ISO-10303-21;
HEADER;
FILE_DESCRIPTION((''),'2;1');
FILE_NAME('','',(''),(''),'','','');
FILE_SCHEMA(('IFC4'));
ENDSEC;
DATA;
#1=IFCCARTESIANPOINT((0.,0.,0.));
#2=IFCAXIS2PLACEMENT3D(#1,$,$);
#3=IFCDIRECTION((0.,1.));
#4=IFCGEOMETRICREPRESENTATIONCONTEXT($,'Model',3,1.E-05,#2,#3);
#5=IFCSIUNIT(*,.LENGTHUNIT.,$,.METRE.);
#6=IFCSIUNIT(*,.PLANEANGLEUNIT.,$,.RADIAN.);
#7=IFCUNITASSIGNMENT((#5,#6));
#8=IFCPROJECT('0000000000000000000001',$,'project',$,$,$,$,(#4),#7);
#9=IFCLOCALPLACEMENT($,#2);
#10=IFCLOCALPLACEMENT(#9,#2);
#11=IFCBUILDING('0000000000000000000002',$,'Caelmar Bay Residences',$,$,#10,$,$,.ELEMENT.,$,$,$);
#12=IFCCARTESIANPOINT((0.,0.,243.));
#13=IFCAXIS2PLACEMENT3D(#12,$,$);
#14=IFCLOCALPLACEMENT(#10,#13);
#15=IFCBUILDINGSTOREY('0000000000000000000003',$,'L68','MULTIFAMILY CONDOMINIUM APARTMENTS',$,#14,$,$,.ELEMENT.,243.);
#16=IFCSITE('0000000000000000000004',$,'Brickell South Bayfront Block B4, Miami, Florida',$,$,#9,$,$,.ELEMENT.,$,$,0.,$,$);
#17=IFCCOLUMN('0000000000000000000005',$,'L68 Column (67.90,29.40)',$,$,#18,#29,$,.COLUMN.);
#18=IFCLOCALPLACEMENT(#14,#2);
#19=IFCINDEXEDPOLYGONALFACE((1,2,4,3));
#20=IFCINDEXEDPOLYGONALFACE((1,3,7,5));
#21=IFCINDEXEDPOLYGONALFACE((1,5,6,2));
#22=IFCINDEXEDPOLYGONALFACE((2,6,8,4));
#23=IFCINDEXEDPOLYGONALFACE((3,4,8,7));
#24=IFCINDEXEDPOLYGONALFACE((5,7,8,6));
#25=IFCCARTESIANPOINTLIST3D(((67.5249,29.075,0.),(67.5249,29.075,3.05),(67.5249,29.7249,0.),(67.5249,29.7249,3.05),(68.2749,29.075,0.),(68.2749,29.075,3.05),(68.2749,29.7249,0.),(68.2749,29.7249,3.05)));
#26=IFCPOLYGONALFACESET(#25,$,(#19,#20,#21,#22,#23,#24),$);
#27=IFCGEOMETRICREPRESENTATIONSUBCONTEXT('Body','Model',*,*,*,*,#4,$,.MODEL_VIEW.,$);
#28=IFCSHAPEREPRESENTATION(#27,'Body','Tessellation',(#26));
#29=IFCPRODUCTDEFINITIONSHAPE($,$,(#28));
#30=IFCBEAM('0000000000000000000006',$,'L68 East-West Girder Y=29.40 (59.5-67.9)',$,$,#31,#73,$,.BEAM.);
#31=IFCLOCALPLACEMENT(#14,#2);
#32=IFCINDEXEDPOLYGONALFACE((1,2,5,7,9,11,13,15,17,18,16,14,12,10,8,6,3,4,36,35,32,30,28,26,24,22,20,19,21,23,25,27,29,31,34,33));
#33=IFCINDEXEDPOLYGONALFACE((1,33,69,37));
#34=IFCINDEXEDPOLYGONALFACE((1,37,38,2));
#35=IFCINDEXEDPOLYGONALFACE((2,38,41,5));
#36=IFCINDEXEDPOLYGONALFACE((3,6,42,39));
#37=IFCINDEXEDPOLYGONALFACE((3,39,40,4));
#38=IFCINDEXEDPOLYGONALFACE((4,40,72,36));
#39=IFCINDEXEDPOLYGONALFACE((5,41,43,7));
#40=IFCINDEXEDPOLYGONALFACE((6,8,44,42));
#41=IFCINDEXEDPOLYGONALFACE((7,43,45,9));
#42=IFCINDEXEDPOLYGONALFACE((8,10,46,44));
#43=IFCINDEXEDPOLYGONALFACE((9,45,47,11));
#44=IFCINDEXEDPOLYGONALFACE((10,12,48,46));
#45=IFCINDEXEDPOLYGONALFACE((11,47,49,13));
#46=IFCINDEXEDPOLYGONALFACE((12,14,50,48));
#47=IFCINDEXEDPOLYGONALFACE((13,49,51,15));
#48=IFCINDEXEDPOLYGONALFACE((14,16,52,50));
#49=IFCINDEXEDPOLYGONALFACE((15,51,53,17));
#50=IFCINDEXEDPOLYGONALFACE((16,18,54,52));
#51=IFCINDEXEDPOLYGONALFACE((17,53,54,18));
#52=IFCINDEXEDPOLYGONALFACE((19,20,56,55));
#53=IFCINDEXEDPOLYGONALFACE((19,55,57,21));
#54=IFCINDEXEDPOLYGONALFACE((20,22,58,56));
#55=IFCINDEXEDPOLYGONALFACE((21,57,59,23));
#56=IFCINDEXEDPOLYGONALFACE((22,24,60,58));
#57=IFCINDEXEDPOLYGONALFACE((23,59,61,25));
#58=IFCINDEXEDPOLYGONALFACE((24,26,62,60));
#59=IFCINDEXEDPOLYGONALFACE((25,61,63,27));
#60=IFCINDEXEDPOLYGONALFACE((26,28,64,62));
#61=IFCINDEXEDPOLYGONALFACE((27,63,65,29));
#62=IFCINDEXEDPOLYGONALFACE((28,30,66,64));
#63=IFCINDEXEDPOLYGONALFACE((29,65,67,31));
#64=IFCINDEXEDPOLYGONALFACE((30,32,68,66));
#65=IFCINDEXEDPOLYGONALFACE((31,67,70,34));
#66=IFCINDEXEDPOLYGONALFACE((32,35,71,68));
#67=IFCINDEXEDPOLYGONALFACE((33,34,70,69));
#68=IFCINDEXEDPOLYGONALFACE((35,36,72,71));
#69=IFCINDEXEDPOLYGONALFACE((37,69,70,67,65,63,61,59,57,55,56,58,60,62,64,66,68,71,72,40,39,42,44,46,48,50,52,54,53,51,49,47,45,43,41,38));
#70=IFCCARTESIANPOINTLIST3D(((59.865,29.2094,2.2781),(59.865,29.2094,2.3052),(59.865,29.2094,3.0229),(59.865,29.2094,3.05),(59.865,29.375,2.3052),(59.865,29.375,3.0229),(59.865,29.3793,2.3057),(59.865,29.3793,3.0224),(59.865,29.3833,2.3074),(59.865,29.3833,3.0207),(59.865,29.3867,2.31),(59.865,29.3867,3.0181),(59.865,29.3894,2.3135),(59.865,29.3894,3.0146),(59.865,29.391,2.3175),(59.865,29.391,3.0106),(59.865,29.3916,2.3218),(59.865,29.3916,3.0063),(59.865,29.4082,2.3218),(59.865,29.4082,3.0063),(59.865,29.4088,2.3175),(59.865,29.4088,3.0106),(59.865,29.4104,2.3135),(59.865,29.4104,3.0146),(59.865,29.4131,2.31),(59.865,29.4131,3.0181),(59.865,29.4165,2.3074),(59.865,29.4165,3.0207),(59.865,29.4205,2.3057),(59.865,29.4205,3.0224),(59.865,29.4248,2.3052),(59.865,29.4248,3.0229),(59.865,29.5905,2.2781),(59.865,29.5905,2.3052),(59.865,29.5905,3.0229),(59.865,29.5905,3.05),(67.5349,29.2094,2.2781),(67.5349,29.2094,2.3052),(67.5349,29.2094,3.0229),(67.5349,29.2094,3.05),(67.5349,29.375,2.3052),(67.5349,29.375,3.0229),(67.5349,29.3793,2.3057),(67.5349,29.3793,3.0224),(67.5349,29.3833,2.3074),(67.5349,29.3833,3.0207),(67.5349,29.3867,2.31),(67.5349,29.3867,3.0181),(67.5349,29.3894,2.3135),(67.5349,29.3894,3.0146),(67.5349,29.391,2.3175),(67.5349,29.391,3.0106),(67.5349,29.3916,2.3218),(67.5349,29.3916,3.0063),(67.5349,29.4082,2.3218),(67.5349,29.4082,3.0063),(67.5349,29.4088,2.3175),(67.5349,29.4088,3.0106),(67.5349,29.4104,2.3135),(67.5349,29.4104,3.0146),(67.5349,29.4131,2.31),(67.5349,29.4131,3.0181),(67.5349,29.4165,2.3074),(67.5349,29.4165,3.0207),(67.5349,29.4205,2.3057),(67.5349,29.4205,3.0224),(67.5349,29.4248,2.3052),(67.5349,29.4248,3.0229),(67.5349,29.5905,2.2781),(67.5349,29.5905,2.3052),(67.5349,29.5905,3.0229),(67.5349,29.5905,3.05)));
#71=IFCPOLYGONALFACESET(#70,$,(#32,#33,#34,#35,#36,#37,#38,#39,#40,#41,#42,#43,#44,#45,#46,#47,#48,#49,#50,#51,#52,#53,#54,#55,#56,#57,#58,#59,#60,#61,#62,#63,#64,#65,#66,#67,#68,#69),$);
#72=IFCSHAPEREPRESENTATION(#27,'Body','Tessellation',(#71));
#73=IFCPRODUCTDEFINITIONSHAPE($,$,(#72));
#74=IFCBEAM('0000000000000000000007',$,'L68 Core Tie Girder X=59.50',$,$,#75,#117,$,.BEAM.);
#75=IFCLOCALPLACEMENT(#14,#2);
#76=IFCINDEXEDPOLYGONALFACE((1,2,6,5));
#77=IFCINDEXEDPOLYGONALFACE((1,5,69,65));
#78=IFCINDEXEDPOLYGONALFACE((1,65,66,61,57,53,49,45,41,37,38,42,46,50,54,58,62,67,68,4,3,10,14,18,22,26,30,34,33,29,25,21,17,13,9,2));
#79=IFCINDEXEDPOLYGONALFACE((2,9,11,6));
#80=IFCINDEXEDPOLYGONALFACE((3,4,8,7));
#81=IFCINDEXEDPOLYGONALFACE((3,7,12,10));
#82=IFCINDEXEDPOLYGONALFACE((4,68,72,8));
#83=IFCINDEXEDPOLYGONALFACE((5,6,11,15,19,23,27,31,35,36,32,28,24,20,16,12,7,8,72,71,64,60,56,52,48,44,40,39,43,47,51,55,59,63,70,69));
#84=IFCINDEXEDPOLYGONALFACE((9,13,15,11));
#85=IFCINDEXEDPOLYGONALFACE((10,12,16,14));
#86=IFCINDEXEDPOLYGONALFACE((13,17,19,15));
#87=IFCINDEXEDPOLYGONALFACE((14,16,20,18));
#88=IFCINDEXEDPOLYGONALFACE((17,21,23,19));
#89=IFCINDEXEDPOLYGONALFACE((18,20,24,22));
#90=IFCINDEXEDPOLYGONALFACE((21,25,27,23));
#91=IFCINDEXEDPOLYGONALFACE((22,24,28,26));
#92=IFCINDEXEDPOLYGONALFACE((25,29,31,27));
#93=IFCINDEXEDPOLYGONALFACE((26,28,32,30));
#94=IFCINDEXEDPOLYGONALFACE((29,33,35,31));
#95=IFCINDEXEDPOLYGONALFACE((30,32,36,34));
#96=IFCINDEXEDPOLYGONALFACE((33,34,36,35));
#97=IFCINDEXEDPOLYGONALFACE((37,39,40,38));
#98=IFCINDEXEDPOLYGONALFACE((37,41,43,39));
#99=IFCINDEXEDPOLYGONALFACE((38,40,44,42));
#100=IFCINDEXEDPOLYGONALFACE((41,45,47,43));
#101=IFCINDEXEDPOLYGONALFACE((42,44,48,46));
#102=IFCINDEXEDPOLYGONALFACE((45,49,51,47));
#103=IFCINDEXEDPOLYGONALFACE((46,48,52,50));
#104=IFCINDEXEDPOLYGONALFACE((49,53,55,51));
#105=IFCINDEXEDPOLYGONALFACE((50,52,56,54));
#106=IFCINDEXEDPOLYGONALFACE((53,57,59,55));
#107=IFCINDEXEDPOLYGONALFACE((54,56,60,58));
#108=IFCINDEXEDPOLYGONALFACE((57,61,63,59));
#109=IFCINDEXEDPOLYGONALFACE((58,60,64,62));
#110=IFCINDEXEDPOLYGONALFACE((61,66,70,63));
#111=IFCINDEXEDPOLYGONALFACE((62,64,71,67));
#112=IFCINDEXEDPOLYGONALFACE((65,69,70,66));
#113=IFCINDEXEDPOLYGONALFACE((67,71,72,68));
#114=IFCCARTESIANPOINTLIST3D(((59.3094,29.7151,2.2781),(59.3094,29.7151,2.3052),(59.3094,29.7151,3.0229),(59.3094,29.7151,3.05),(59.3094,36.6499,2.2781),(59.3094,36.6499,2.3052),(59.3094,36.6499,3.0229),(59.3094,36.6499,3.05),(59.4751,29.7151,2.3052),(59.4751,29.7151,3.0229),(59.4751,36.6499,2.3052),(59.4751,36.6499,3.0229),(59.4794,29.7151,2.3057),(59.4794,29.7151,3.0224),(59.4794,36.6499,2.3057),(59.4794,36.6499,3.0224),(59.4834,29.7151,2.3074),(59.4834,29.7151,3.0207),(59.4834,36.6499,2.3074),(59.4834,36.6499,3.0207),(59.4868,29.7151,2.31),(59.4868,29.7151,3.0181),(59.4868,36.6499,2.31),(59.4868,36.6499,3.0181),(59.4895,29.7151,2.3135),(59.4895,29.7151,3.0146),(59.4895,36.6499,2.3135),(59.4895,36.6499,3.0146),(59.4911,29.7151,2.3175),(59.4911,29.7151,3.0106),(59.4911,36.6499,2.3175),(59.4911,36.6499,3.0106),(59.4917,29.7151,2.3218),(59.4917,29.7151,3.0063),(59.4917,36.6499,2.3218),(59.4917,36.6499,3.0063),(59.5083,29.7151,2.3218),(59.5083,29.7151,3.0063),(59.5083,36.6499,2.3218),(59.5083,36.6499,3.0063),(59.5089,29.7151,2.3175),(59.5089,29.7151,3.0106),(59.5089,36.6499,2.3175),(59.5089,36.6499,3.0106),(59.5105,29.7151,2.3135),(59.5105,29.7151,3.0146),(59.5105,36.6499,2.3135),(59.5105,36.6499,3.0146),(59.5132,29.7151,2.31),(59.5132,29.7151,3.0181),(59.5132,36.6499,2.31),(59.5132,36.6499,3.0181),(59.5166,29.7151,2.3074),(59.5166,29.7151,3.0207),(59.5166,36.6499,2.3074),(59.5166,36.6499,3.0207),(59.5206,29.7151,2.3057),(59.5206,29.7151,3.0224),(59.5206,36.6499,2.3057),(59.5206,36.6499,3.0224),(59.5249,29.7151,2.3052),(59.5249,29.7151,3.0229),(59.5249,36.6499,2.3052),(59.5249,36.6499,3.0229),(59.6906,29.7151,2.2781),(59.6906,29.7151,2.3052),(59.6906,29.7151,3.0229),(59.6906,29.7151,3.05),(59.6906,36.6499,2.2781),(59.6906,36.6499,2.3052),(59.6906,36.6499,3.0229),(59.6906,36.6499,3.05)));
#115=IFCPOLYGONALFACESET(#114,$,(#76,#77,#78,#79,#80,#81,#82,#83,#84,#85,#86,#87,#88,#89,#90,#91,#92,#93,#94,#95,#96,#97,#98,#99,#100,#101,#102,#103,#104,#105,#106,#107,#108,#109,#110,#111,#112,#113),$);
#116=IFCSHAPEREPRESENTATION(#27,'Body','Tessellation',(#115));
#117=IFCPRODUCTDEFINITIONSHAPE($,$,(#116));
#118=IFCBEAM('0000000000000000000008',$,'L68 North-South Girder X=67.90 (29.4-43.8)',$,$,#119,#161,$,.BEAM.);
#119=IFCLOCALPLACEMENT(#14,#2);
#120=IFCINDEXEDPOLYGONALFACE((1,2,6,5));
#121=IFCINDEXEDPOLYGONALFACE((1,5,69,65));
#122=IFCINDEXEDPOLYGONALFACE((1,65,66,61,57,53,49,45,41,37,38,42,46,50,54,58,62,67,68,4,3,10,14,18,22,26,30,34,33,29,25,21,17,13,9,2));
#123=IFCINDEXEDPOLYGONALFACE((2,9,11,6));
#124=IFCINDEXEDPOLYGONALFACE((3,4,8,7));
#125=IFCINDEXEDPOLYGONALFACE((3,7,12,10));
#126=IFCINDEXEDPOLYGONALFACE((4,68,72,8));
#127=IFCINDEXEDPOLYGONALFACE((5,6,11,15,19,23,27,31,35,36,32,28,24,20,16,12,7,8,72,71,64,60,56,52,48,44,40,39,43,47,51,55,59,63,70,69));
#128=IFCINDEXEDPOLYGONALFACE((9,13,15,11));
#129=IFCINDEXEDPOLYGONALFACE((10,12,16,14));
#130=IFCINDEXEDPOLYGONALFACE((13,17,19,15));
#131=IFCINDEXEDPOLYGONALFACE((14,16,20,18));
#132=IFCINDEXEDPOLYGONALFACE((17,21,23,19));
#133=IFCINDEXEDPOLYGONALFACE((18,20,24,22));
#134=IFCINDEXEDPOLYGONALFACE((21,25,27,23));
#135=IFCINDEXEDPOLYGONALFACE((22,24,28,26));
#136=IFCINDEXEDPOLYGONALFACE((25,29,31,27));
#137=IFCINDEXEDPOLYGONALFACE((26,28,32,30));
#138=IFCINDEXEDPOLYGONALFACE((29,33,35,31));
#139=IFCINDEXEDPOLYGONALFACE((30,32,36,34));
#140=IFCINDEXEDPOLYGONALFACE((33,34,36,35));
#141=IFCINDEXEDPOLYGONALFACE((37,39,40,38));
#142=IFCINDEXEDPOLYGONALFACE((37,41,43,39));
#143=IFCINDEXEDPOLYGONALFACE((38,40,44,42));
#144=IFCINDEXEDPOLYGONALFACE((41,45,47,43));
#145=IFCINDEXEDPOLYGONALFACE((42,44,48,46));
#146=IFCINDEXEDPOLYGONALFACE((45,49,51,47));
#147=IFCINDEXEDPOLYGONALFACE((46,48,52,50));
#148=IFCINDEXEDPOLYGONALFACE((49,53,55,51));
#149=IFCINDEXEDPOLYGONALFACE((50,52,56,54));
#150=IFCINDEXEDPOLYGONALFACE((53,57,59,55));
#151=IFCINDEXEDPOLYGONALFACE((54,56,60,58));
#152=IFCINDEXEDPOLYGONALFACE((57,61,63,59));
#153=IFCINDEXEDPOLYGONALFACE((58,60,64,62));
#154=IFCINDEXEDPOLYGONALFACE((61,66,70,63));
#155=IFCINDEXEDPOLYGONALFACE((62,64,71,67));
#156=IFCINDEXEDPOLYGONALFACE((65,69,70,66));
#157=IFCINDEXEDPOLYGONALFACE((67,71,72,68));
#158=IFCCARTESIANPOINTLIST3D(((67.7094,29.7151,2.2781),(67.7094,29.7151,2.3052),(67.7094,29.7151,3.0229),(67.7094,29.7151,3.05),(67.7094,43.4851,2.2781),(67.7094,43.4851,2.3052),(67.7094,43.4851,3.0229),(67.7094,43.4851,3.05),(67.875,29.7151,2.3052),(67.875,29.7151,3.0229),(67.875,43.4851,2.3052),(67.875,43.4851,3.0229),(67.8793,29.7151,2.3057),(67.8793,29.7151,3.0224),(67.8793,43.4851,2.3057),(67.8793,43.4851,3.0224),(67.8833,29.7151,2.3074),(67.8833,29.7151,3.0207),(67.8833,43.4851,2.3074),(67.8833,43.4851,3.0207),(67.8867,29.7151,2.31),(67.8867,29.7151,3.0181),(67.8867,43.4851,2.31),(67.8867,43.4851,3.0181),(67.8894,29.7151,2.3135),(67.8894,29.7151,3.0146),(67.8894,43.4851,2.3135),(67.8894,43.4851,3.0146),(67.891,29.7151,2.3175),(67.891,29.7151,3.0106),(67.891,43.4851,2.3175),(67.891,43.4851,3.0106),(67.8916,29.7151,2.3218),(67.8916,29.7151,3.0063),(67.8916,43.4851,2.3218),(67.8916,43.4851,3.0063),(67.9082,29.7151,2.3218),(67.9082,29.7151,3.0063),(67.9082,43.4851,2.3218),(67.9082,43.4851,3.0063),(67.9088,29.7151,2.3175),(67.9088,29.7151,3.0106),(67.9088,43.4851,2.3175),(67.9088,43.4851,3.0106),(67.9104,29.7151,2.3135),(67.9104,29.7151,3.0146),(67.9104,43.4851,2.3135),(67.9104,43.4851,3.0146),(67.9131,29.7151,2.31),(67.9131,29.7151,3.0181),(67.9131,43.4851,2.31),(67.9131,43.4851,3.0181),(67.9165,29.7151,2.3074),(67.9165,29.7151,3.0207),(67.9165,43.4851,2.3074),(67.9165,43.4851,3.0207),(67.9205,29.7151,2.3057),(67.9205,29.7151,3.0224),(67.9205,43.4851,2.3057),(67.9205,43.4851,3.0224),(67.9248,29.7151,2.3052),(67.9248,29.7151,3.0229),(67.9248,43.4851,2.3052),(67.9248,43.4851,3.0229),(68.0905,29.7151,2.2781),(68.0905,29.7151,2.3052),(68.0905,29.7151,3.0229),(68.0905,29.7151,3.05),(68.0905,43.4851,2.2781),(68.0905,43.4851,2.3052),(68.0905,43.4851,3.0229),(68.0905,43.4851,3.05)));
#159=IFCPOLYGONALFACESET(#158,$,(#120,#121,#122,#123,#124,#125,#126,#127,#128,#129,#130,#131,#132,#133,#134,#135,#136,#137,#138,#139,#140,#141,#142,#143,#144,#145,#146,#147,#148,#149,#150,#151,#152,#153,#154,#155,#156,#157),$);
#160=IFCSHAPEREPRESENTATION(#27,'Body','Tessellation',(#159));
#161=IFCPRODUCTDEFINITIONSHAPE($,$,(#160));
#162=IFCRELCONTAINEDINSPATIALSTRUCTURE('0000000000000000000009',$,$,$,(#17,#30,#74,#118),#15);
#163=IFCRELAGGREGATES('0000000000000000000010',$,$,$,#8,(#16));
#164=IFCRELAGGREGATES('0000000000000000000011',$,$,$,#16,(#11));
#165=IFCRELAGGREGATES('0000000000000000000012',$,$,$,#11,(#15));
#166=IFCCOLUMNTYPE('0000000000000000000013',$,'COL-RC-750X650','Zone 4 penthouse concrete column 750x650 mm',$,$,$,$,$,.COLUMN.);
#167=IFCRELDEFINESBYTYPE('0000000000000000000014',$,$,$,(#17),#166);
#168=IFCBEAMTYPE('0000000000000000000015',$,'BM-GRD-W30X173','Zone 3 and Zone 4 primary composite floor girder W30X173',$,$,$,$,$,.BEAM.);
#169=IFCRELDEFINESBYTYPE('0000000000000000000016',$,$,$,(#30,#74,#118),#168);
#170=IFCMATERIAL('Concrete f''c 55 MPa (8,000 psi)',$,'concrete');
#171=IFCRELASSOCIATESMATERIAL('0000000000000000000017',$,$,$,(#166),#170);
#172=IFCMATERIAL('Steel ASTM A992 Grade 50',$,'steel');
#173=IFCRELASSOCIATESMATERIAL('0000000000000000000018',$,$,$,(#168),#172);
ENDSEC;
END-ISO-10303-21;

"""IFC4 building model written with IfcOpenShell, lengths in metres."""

from ifc_helpers import new_model, si_unit, direction, frame, origin, origin_2d, place, context, subcontext, project, spatial, rectangle, i_section, extrude, material, material_profile, profile_set, type_object, element, save


model = new_model("IFC4")

# Units and contexts
model_context = context("Model", 3, precision=1e-05, world=origin(), true_north=direction((0.0, 1.0)))
body_context = subcontext(model_context, "Body", "Model", "MODEL_VIEW")
ifc_project = project(units=[si_unit("LENGTHUNIT", "METRE"), si_unit("PLANEANGLEUNIT", "RADIAN")], contexts=[model_context])

# Site, building, storey
site_placement = place(None, origin())
site = spatial("IfcSite", under=ifc_project, at=site_placement, Name="Brickell South Bayfront Block B4, Miami, Florida", CompositionType="ELEMENT", RefElevation=0.0)
building_placement = place(site_placement, origin())
building = spatial("IfcBuilding", under=site, at=building_placement, Name="Caelmar Bay Residences", CompositionType="ELEMENT")
storey_placement = place(building_placement, frame((0.0, 0.0, 243.0)))
storey = spatial("IfcBuildingStorey", under=building, at=storey_placement, Name="L68", Description="MULTIFAMILY CONDOMINIUM APARTMENTS", CompositionType="ELEMENT", Elevation=243.0)

# Column
ifc_material_1 = material(Name="Concrete f'c 55 MPa (8,000 psi)", Category="concrete")
ifc_material_profile_1 = material_profile(ifc_material_1, rectangle(XDim=0.75, YDim=0.6499, at=origin_2d()), Name="RC-COL-750X650")
ifc_profile_set_1 = profile_set([ifc_material_profile_1], Name="Concrete f'c 55 MPa (8,000 psi)")
column_type = type_object("IfcColumnType", Name="COL-RC-750X650", Description="Zone 4 penthouse concrete column 750x650 mm", PredefinedType="COLUMN", material=ifc_profile_set_1)
column_placement = place(storey_placement, frame((67.8999, 29.3999, 0.0), z_axis=(0.0, 0.0, 1.0), x_axis=(1.0, 0.0, 0.0)))
element("IfcColumn", 1, at=column_placement, inside=storey, type_object=column_type, Name="L68 Column (67.90,29.40)", PredefinedType="COLUMN", context=body_context, shape_type="SweptSolid", body=[
    extrude(rectangle(XDim=0.75, YDim=0.6499, at=origin_2d()), origin(), (0.0, 0.0, 1.0), 3.05),
])

# Beams
ifc_material_2 = material(Name="Steel ASTM A992 Grade 50", Category="steel")
ifc_material_profile_2 = material_profile(ifc_material_2, i_section(OverallWidth=0.3811, OverallDepth=0.772, WebThickness=0.0166, FlangeThickness=0.0271, FilletRadius=0.0166, at=origin_2d()), Name="W30X173")
ifc_profile_set_2 = profile_set([ifc_material_profile_2], Name="Steel ASTM A992 Grade 50")
beam_type_1 = type_object("IfcBeamType", Name="BM-GRD-W30X173", Description="Zone 3 and Zone 4 primary composite floor girder W30X173", PredefinedType="BEAM", material=ifc_profile_set_2)
beam_1_placement = place(storey_placement, frame((59.865, 29.3999, 2.6641), z_axis=(1.0, 0.0, 0.0), x_axis=(0.0, 1.0, 0.0)))
element("IfcBeam", 2, at=beam_1_placement, inside=storey, type_object=beam_type_1, Name="L68 East-West Girder Y=29.40 (59.5-67.9)", PredefinedType="BEAM", context=body_context, shape_type="SweptSolid", body=[
    extrude(i_section(OverallWidth=0.3811, OverallDepth=0.772, WebThickness=0.0166, FlangeThickness=0.0271, FilletRadius=0.0166, at=origin_2d()), origin(), (0.0, 0.0, 1.0), 7.6699),
])
beam_2_placement = place(storey_placement, frame((59.5, 29.7151, 2.6641), z_axis=(0.0, 1.0, 0.0), x_axis=(-1.0, 0.0, 0.0)))
element("IfcBeam", 3, at=beam_2_placement, inside=storey, type_object=beam_type_1, Name="L68 Core Tie Girder X=59.50", PredefinedType="BEAM", context=body_context, shape_type="SweptSolid", body=[
    extrude(i_section(OverallWidth=0.3811, OverallDepth=0.772, WebThickness=0.0166, FlangeThickness=0.0271, FilletRadius=0.0166, at=origin_2d()), origin(), (0.0, 0.0, 1.0), 6.9348),
])
beam_3_placement = place(storey_placement, frame((67.8999, 29.7151, 2.6641), z_axis=(0.0, 1.0, 0.0), x_axis=(-1.0, 0.0, 0.0)))
element("IfcBeam", 4, at=beam_3_placement, inside=storey, type_object=beam_type_1, Name="L68 North-South Girder X=67.90 (29.4-43.8)", PredefinedType="BEAM", context=body_context, shape_type="SweptSolid", body=[
    extrude(i_section(OverallWidth=0.3811, OverallDepth=0.772, WebThickness=0.0166, FlangeThickness=0.0271, FilletRadius=0.0166, at=origin_2d()), origin(), (0.0, 0.0, 1.0), 13.77),
])

save(model, "model.ifc")
